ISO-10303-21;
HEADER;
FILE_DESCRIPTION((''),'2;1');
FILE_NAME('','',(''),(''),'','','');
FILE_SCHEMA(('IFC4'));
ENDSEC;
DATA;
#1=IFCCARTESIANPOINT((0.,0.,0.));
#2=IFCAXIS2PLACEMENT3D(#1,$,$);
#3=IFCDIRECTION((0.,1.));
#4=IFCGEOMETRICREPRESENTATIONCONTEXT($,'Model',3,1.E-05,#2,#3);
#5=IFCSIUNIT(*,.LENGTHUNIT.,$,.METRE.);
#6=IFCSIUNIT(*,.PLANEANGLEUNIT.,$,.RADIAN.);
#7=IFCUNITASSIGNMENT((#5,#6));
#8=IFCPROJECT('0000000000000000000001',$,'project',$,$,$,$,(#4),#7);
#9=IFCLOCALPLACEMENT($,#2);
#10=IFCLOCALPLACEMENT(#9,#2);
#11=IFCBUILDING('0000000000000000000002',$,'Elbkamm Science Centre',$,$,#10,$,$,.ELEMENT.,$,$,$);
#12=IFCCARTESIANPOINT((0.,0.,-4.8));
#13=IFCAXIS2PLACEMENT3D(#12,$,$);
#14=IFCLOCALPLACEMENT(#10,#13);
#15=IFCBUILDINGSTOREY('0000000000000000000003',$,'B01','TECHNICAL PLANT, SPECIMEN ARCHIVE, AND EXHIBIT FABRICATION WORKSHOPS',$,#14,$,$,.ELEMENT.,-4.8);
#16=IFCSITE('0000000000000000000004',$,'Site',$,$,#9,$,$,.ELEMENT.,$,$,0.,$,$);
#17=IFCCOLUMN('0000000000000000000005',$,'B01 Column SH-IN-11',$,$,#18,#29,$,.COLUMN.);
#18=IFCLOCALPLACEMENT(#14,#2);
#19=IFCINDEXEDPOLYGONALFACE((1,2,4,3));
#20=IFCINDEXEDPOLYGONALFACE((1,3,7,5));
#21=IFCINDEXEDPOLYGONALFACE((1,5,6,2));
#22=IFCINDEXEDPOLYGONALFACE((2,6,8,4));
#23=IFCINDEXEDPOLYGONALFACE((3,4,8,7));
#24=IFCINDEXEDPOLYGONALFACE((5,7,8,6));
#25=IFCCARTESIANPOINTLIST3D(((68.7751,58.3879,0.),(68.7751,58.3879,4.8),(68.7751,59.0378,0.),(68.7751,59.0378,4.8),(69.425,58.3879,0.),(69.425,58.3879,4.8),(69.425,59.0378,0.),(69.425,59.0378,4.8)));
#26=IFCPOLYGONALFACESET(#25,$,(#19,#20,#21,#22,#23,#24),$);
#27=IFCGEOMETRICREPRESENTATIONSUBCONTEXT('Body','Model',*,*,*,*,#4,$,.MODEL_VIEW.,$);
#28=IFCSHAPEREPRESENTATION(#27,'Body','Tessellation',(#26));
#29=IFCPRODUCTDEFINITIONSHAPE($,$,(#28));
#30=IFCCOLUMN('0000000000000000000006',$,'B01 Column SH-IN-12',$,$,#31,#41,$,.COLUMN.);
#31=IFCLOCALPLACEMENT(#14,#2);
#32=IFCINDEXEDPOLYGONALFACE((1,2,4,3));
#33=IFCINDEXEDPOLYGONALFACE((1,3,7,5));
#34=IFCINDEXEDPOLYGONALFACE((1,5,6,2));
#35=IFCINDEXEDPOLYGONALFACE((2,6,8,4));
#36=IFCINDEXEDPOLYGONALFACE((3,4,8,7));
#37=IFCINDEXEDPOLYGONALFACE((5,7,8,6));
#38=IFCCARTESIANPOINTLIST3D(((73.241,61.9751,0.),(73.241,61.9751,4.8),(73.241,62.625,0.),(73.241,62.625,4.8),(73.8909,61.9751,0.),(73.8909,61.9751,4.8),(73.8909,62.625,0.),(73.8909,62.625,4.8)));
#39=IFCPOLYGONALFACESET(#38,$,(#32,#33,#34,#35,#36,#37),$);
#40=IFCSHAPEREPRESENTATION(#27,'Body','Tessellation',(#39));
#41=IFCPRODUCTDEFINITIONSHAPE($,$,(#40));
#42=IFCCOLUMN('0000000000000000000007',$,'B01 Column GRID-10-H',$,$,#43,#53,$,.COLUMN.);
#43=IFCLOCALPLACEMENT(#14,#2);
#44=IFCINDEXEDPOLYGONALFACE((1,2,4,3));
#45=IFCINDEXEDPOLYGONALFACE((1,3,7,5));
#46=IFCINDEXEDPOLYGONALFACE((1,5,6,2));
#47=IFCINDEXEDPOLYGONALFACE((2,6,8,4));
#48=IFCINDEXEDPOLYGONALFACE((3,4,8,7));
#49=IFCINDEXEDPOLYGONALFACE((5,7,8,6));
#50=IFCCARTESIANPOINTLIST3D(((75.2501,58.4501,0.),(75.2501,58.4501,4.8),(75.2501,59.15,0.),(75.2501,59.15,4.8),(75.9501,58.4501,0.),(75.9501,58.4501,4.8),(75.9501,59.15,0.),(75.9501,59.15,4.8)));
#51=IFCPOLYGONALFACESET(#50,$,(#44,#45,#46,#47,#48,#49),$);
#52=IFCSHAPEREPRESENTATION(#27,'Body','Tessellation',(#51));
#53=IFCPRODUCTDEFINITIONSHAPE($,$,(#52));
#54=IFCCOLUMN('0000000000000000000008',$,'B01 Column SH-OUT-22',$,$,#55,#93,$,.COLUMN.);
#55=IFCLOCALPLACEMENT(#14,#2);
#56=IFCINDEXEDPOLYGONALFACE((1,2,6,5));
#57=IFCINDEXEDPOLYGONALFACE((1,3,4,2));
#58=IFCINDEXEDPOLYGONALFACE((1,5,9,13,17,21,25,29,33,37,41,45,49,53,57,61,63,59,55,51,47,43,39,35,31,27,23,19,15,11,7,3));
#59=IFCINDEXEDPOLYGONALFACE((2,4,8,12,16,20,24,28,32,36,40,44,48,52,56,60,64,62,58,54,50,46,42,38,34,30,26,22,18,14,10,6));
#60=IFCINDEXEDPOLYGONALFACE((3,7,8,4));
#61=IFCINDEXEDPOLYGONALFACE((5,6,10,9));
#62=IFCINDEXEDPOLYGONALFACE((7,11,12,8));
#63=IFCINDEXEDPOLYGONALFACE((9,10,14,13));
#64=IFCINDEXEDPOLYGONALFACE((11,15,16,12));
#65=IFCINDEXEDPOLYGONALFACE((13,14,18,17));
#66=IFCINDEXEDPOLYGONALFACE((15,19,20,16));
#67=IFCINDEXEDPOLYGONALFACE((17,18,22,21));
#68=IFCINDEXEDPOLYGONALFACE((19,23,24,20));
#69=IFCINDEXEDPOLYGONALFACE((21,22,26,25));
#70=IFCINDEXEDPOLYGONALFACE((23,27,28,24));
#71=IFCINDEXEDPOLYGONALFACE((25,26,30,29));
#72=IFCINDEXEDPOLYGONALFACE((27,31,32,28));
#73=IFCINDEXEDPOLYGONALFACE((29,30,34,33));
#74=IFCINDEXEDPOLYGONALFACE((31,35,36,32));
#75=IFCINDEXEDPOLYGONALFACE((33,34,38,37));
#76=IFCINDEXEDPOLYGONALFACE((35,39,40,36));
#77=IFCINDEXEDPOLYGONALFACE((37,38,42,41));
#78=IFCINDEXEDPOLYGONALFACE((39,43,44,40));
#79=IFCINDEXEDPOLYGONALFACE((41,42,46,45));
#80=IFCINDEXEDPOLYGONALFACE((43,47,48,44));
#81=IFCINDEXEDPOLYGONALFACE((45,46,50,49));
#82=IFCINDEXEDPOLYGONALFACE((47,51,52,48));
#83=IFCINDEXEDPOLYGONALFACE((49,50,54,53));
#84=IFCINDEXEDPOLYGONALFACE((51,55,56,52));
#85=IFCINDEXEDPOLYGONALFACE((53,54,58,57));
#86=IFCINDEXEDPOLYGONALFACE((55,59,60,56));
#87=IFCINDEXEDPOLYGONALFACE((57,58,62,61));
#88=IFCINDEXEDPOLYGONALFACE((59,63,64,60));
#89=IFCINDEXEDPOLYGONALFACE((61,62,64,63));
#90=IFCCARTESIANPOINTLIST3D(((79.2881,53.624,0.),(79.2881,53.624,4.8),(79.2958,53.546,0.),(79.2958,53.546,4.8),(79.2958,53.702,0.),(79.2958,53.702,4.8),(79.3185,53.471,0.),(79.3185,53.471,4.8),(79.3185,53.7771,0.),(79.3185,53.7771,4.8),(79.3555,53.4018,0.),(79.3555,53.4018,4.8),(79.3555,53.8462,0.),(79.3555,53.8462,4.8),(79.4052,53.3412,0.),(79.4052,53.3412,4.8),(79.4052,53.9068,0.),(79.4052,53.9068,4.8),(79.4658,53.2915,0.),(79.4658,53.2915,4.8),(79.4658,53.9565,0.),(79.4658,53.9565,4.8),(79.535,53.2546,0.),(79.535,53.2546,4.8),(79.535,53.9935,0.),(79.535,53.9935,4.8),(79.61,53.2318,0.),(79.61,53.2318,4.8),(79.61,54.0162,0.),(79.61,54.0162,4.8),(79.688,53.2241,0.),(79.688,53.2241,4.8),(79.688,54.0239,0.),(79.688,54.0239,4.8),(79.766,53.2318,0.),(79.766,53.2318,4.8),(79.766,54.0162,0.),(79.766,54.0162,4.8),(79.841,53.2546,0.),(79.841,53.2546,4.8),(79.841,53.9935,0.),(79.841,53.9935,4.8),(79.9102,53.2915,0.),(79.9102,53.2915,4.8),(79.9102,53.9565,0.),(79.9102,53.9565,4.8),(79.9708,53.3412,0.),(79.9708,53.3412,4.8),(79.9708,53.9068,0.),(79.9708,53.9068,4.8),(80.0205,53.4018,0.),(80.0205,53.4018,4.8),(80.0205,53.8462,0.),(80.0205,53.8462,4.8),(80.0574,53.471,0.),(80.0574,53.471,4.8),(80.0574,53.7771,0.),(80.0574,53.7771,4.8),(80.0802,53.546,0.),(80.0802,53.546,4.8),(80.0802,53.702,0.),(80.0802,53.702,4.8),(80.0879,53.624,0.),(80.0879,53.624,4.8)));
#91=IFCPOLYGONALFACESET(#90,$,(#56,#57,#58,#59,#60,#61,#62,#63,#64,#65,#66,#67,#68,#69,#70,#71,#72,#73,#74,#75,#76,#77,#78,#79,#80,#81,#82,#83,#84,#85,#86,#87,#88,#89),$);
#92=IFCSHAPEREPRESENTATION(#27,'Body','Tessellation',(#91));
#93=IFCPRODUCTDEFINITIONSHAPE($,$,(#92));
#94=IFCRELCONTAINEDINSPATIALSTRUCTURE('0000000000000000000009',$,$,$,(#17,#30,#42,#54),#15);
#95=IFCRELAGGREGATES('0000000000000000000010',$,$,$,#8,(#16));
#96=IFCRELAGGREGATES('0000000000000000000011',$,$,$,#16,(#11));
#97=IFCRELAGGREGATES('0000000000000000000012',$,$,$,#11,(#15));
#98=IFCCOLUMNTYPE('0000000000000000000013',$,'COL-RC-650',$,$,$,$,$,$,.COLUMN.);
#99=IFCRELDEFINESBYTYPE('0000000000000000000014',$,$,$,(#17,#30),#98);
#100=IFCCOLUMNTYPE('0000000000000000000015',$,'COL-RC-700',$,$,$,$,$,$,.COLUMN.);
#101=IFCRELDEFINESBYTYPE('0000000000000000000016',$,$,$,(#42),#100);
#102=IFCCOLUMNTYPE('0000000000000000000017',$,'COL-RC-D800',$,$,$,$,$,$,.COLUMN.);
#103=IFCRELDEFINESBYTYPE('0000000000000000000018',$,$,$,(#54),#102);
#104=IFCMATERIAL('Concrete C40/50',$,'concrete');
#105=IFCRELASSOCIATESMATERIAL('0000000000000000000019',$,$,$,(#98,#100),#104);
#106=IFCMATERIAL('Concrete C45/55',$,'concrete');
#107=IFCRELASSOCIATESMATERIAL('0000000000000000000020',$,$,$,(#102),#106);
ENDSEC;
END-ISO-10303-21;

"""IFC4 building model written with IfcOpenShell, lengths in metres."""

from ifc_helpers import new_model, si_unit, direction, frame, origin, origin_2d, place, context, subcontext, project, spatial, rectangle, circle, extrude, material, material_profile, profile_set, type_object, element, save


model = new_model("IFC4")

# Units and contexts
model_context = context("Model", 3, precision=1e-05, world=origin(), true_north=direction((0.0, 1.0)))
body_context = subcontext(model_context, "Body", "Model", "MODEL_VIEW")
ifc_project = project(units=[si_unit("LENGTHUNIT", "METRE"), si_unit("PLANEANGLEUNIT", "RADIAN")], contexts=[model_context])

# Site, building, storey
site_placement = place(None, origin())
site = spatial("IfcSite", under=ifc_project, at=site_placement, Name="Site", CompositionType="ELEMENT", RefElevation=0.0)
building_placement = place(site_placement, origin())
building = spatial("IfcBuilding", under=site, at=building_placement, Name="Elbkamm Science Centre", CompositionType="ELEMENT")
storey_placement = place(building_placement, frame((0.0, 0.0, -4.8)))
storey = spatial("IfcBuildingStorey", under=building, at=storey_placement, Name="B01", Description="TECHNICAL PLANT, SPECIMEN ARCHIVE, AND EXHIBIT FABRICATION WORKSHOPS", CompositionType="ELEMENT", Elevation=-4.8)

# Columns
ifc_material_1 = material(Name="Concrete C40/50", Category="concrete")
ifc_material_profile_1 = material_profile(ifc_material_1, rectangle(XDim=0.6499, YDim=0.6499, at=origin_2d()), Name="RC 650x650")
ifc_profile_set_1 = profile_set([ifc_material_profile_1], Name="Concrete C40/50")
column_type_1 = type_object("IfcColumnType", Name="COL-RC-650", PredefinedType="COLUMN", material=ifc_profile_set_1)
for number, where, z_axis, x_axis, name in (
    (1, (69.1001, 58.7129, 0.0), (0.0, 0.0, 1.0), (1.0, 0.0, 0.0), "B01 Column SH-IN-11"),
    (2, (73.5659, 62.3, 0.0), (0.0, 0.0, 1.0), (1.0, 0.0, 0.0), "B01 Column SH-IN-12"),
):
    element("IfcColumn", number, at=place(storey_placement, frame(where, z_axis=z_axis, x_axis=x_axis)), inside=storey, type_object=column_type_1, Name=name, PredefinedType="COLUMN", context=body_context, shape_type="SweptSolid", body=[
        extrude(rectangle(XDim=0.6499, YDim=0.6499, at=origin_2d()), origin(), (0.0, 0.0, 1.0), 4.8),
    ])
ifc_material_profile_2 = material_profile(ifc_material_1, rectangle(XDim=0.7, YDim=0.7, at=origin_2d()), Name="RC 700x700")
ifc_profile_set_2 = profile_set([ifc_material_profile_2], Name="Concrete C40/50")
column_type_2 = type_object("IfcColumnType", Name="COL-RC-700", PredefinedType="COLUMN", material=ifc_profile_set_2)
column_1_placement = place(storey_placement, frame((75.6001, 58.8, 0.0), z_axis=(0.0, 0.0, 1.0), x_axis=(1.0, 0.0, 0.0)))
element("IfcColumn", 3, at=column_1_placement, inside=storey, type_object=column_type_2, Name="B01 Column GRID-10-H", PredefinedType="COLUMN", context=body_context, shape_type="SweptSolid", body=[
    extrude(rectangle(XDim=0.7, YDim=0.7, at=origin_2d()), origin(), (0.0, 0.0, 1.0), 4.8),
])
ifc_material_2 = material(Name="Concrete C45/55", Category="concrete")
ifc_material_profile_3 = material_profile(ifc_material_2, circle(Radius=0.3999, at=origin_2d()), Name="RC D800")
ifc_profile_set_3 = profile_set([ifc_material_profile_3], Name="Concrete C45/55")
column_type_3 = type_object("IfcColumnType", Name="COL-RC-D800", PredefinedType="COLUMN", material=ifc_profile_set_3)
column_2_placement = place(storey_placement, frame((79.688, 53.624, 0.0), z_axis=(0.0, 0.0, 1.0), x_axis=(1.0, 0.0, 0.0)))
element("IfcColumn", 4, at=column_2_placement, inside=storey, type_object=column_type_3, Name="B01 Column SH-OUT-22", PredefinedType="COLUMN", context=body_context, shape_type="SweptSolid", body=[
    extrude(circle(Radius=0.3999, at=origin_2d()), origin(), (0.0, 0.0, 1.0), 4.8),
])

save(model, "model.ifc")
